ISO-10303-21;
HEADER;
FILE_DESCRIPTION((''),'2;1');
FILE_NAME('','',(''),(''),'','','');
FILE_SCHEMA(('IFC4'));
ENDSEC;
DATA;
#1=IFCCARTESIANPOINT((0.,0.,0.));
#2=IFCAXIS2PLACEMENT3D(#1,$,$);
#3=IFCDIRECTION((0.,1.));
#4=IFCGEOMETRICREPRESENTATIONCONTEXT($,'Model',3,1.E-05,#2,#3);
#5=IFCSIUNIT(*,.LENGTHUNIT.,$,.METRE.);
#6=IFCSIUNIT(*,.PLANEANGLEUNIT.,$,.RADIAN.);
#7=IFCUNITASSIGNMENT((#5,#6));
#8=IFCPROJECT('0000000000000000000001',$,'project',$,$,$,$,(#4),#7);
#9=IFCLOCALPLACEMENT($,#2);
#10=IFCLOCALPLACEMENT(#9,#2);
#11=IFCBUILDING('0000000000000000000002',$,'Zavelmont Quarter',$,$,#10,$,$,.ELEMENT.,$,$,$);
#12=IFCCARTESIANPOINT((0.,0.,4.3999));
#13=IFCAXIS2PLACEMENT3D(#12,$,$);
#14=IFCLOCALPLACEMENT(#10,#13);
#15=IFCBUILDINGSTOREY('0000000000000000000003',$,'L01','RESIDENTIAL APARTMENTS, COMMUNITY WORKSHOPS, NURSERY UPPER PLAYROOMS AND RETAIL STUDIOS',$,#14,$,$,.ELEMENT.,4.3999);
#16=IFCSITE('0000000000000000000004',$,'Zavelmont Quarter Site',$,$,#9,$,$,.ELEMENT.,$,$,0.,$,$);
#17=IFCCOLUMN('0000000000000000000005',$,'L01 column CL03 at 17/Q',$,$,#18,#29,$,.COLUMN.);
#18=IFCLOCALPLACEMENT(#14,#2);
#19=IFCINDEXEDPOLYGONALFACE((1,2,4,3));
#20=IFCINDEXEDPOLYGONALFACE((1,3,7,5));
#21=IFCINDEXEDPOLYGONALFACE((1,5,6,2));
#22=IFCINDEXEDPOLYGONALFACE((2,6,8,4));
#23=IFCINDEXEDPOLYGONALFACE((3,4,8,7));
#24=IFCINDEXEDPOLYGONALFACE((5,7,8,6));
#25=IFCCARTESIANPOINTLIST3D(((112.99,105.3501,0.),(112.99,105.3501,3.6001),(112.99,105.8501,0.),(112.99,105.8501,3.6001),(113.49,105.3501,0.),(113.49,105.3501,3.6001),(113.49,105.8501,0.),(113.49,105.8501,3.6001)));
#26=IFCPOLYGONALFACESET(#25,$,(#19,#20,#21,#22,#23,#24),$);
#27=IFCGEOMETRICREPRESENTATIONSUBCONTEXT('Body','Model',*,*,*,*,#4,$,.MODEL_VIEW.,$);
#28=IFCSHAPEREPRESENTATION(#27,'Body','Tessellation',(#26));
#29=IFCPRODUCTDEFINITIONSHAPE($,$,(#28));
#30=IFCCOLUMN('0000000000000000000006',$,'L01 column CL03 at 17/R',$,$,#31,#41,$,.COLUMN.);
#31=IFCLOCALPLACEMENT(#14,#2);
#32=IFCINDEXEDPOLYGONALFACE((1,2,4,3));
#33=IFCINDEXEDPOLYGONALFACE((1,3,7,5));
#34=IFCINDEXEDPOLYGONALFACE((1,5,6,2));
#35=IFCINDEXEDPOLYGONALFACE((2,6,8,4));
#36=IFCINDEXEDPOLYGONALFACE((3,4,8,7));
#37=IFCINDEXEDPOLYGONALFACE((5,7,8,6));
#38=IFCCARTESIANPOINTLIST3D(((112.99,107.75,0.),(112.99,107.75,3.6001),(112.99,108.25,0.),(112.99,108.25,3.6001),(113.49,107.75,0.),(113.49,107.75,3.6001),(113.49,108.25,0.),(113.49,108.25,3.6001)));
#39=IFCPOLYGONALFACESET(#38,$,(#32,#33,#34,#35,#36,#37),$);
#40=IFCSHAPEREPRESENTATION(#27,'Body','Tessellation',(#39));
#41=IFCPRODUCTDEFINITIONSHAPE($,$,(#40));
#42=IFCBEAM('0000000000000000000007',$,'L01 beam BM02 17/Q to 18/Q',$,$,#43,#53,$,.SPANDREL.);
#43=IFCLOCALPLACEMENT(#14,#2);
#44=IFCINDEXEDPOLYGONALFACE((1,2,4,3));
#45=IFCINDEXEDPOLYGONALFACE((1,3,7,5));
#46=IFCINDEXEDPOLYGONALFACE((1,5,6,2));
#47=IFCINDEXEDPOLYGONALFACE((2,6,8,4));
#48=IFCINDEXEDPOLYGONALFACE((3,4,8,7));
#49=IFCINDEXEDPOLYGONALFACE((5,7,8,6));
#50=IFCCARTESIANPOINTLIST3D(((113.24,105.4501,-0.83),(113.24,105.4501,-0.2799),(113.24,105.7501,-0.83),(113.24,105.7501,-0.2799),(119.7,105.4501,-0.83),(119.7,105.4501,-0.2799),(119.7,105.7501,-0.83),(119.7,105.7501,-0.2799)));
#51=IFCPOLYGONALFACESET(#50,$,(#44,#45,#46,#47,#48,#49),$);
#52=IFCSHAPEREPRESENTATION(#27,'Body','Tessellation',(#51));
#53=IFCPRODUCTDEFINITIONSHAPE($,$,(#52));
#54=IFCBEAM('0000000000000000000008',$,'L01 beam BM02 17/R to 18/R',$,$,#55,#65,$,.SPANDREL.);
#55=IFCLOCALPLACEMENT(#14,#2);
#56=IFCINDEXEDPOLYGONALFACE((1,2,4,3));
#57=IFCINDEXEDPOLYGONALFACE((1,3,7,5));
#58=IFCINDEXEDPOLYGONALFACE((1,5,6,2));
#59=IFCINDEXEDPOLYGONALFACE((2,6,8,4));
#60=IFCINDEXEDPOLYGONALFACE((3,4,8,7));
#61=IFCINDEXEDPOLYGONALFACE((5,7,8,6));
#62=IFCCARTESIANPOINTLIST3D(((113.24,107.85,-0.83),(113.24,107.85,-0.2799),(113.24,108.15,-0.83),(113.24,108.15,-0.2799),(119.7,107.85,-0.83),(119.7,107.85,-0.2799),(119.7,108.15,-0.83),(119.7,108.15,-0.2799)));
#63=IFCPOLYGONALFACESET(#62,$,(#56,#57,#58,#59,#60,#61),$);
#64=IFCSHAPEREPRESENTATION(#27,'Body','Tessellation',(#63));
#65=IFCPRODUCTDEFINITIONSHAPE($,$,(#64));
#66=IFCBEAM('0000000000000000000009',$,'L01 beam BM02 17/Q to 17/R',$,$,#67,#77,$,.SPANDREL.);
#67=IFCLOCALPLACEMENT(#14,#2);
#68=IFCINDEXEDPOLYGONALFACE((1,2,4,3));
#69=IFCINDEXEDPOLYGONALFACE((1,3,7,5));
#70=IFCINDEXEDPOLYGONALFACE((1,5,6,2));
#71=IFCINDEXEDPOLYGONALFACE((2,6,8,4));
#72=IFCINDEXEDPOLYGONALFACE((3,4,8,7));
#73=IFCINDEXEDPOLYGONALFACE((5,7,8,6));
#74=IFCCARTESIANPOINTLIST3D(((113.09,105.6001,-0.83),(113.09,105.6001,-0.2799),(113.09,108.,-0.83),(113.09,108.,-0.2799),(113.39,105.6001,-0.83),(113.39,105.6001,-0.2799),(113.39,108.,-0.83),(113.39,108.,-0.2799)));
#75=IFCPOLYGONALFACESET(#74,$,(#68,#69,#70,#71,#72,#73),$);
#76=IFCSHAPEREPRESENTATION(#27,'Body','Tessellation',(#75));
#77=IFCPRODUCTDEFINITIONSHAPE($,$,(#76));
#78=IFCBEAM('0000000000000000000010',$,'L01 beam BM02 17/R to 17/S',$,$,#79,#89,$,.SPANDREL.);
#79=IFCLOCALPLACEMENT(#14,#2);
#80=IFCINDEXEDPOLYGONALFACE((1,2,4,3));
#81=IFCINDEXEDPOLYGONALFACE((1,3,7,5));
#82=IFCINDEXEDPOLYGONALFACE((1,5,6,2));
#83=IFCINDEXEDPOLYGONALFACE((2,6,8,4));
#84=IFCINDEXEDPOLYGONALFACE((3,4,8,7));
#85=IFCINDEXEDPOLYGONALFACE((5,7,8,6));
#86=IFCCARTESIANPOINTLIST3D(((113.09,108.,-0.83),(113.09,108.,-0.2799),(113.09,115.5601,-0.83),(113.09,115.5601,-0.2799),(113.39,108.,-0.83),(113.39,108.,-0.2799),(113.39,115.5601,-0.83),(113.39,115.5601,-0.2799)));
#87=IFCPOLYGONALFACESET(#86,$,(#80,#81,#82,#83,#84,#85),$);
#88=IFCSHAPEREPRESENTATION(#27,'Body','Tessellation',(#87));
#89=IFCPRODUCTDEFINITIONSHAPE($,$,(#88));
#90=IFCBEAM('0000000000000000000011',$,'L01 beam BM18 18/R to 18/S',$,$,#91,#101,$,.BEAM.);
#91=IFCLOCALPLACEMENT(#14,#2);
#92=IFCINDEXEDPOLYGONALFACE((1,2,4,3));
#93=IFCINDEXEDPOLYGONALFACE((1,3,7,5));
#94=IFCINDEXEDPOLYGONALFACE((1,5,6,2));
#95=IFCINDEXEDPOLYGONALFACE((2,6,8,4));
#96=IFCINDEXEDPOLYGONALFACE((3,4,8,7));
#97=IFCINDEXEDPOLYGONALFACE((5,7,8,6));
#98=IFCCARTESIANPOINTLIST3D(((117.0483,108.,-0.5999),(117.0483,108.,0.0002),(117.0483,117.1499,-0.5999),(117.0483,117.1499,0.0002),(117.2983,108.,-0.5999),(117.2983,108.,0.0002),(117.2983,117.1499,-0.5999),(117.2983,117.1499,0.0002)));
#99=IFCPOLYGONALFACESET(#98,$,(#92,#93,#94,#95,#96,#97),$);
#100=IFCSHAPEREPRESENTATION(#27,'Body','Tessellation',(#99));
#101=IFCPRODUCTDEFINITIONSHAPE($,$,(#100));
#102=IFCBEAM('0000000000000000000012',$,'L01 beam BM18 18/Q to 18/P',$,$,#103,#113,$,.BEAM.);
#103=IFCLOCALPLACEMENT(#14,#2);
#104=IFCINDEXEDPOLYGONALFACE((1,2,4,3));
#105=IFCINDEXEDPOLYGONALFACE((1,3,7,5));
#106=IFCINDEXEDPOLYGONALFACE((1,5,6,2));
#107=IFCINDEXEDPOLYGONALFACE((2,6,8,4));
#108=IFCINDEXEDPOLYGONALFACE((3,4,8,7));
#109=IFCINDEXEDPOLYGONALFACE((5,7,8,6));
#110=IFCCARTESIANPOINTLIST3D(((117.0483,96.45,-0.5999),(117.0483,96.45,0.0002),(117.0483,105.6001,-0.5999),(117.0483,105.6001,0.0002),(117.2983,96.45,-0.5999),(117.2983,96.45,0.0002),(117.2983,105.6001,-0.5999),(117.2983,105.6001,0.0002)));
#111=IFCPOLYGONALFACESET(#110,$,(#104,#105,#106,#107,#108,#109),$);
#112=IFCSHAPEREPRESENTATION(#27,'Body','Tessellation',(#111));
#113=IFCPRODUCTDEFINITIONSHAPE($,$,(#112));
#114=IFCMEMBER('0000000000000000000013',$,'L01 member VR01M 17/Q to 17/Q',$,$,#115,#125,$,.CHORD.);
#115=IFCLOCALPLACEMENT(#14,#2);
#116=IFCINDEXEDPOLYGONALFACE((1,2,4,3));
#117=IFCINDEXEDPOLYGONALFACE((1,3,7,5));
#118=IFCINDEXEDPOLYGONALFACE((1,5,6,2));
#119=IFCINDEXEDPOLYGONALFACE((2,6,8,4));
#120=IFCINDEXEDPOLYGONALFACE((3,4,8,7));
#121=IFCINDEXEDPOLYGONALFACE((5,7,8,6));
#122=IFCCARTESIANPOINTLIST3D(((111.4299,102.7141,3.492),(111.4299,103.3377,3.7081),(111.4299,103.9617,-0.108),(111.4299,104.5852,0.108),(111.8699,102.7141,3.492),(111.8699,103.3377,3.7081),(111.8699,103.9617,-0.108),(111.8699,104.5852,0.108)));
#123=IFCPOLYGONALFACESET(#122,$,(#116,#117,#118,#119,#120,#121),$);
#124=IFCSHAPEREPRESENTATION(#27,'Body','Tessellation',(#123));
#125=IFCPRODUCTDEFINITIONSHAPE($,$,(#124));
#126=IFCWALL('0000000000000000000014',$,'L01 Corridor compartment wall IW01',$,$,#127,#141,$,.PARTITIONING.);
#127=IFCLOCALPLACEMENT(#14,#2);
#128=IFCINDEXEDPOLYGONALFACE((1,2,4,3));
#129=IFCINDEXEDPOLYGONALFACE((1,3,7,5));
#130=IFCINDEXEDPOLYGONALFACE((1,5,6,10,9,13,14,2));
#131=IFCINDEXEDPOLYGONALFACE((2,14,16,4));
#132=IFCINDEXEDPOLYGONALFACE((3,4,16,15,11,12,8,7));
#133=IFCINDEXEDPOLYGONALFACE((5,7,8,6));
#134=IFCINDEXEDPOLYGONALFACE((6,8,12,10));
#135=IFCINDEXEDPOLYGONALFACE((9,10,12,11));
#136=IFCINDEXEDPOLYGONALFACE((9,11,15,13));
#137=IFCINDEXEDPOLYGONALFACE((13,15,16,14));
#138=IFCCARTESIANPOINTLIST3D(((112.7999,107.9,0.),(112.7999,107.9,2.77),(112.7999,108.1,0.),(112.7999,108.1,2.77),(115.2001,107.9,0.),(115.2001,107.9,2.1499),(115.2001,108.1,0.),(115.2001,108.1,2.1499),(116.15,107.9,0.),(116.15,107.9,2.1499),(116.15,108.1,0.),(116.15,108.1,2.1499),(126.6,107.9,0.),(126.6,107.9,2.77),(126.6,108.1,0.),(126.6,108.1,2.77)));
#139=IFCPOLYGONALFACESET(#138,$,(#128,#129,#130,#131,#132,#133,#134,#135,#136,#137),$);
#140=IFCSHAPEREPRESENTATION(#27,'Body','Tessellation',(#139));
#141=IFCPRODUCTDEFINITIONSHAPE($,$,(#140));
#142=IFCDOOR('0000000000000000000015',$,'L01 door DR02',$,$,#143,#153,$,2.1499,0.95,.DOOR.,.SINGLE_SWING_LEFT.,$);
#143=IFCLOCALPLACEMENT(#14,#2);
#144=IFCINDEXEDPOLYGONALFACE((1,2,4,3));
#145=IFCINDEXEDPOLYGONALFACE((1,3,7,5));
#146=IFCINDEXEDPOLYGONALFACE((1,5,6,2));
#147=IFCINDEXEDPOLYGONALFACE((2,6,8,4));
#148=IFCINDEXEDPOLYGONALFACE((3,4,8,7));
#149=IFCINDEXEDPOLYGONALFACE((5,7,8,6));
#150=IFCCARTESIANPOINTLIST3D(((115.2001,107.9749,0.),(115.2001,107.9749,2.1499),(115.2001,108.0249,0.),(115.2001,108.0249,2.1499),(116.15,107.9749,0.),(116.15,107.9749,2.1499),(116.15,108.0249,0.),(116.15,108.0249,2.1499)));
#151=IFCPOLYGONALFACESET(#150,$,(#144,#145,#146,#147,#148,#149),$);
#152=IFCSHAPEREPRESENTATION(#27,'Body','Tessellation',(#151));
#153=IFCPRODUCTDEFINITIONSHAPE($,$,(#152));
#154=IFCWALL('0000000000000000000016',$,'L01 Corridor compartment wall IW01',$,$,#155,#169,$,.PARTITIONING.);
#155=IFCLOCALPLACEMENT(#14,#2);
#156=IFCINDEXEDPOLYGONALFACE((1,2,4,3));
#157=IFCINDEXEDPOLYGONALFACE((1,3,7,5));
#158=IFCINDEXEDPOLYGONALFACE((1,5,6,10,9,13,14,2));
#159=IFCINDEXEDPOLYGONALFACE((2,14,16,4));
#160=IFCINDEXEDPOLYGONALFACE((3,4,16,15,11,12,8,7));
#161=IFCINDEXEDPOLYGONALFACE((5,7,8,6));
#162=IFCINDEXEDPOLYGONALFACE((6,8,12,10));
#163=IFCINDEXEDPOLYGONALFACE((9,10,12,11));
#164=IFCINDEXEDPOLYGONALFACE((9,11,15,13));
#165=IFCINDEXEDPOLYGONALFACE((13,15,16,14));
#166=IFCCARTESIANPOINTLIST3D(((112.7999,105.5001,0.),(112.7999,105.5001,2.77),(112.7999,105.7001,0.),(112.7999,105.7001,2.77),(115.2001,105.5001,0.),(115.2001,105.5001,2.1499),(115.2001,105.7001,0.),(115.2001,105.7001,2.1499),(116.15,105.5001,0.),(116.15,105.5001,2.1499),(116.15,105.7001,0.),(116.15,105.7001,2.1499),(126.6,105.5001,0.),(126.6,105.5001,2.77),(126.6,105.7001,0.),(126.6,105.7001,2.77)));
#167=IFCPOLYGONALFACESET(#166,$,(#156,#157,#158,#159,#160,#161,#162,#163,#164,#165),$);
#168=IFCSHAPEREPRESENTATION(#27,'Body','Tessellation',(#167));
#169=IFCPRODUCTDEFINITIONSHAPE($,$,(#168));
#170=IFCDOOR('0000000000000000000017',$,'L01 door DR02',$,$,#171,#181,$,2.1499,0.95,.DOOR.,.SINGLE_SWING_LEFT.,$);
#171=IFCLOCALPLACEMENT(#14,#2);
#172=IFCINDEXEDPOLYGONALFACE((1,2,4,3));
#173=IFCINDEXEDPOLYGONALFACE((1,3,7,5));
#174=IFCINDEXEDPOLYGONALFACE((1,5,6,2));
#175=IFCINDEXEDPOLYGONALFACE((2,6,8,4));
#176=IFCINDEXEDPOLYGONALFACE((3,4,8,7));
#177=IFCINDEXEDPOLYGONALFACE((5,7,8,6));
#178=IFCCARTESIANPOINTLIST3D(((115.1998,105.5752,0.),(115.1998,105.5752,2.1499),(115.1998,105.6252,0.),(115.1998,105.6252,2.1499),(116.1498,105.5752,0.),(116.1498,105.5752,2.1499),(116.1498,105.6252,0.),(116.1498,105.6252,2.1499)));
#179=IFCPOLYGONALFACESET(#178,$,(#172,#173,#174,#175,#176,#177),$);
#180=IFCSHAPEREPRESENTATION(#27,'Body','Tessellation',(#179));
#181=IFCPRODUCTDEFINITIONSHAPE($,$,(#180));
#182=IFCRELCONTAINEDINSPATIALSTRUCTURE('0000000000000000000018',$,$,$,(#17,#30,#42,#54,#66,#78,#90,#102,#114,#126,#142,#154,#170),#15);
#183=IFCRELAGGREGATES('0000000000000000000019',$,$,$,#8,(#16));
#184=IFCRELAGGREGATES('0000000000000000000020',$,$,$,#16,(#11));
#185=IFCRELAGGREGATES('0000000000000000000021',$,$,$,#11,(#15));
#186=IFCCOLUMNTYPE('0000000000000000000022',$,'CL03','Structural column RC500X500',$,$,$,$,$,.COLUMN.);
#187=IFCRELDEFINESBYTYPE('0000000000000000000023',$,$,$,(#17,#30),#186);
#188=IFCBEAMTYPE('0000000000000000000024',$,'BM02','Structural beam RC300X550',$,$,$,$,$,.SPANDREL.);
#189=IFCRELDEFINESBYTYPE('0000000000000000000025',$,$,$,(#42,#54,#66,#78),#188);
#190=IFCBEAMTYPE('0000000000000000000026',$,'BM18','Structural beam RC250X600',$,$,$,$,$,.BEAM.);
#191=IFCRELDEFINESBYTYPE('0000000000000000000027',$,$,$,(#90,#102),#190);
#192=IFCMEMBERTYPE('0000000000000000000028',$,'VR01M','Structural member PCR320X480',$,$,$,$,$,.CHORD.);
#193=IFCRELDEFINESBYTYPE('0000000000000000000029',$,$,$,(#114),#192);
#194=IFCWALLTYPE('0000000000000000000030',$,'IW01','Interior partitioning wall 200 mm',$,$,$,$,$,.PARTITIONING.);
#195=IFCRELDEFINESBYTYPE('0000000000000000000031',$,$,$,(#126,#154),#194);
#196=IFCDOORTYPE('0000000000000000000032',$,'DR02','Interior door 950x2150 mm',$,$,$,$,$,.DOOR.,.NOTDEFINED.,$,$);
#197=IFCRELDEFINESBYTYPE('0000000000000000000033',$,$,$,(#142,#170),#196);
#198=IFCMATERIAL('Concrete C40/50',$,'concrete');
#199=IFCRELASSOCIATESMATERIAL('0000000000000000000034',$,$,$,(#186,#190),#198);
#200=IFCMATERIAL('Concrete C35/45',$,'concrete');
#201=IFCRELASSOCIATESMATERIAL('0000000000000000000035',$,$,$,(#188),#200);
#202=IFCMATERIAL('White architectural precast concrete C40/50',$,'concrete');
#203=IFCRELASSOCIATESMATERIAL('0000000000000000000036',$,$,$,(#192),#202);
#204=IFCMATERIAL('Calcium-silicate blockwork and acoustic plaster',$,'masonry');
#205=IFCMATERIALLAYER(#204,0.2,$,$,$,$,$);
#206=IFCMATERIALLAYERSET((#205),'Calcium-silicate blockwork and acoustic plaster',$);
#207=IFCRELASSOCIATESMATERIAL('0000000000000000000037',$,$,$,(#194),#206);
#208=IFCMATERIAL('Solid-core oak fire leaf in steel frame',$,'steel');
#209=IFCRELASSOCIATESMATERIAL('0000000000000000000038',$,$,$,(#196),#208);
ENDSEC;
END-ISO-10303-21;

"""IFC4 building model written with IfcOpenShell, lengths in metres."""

from ifc_helpers import new_model, si_unit, direction, frame, frame_2d, origin, origin_with_axes, origin_2d, place, context, subcontext, project, spatial, rectangle, extrude, material, layer, layer_set, material_profile, profile_set, type_object, element, fill, save


model = new_model("IFC4")

# Units and contexts
model_context = context("Model", 3, precision=1e-05, world=origin(), true_north=direction((0.0, 1.0)))
body_context = subcontext(model_context, "Body", "Model", "MODEL_VIEW")
ifc_project = project(units=[si_unit("LENGTHUNIT", "METRE"), si_unit("PLANEANGLEUNIT", "RADIAN")], contexts=[model_context])

# Site, building, storey
site_placement = place(None, origin())
site = spatial("IfcSite", under=ifc_project, at=site_placement, Name="Zavelmont Quarter Site", CompositionType="ELEMENT", RefElevation=0.0)
building_placement = place(site_placement, origin())
building = spatial("IfcBuilding", under=site, at=building_placement, Name="Zavelmont Quarter", CompositionType="ELEMENT")
storey_placement = place(building_placement, frame((0.0, 0.0, 4.3999)))
storey = spatial("IfcBuildingStorey", under=building, at=storey_placement, Name="L01", Description="RESIDENTIAL APARTMENTS, COMMUNITY WORKSHOPS, NURSERY UPPER PLAYROOMS AND RETAIL STUDIOS", CompositionType="ELEMENT", Elevation=4.3999)

# Columns
ifc_material_1 = material(Name="Concrete C40/50", Category="concrete")
ifc_material_profile_1 = material_profile(ifc_material_1, rectangle(XDim=0.5, YDim=0.5, at=origin_2d()), Name="RC500X500")
ifc_profile_set_1 = profile_set([ifc_material_profile_1], Name="Concrete C40/50")
column_type = type_object("IfcColumnType", Name="CL03", Description="Structural column RC500X500", PredefinedType="COLUMN", material=ifc_profile_set_1)
for number, where, z_axis, x_axis, name in (
    (1, (113.24, 105.6001, 0.0), (0.0, 0.0, 1.0), (1.0, 0.0, 0.0), "L01 column CL03 at 17/Q"),
    (2, (113.24, 108.0, 0.0), (0.0, 0.0, 1.0), (1.0, 0.0, 0.0), "L01 column CL03 at 17/R"),
):
    element("IfcColumn", number, at=place(storey_placement, frame(where, z_axis=z_axis, x_axis=x_axis)), inside=storey, type_object=column_type, Name=name, PredefinedType="COLUMN", context=body_context, shape_type="SweptSolid", body=[
        extrude(rectangle(XDim=0.5, YDim=0.5, at=origin_2d()), origin(), (0.0, 0.0, 1.0), 3.6001),
    ])

# Beams
ifc_material_2 = material(Name="Concrete C35/45", Category="concrete")
ifc_material_profile_2 = material_profile(ifc_material_2, rectangle(XDim=0.3, YDim=0.55, at=origin_2d()), Name="RC300X550")
ifc_profile_set_2 = profile_set([ifc_material_profile_2], Name="Concrete C35/45")
beam_type_1 = type_object("IfcBeamType", Name="BM02", Description="Structural beam RC300X550", PredefinedType="SPANDREL", material=ifc_profile_set_2)
for number, where, z_axis, x_axis, name in (
    (3, (113.24, 105.6001, -0.5549), (1.0, 0.0, 0.0), (0.0, 1.0, 0.0), "L01 beam BM02 17/Q to 18/Q"),
    (4, (113.24, 108.0, -0.5549), (1.0, 0.0, 0.0), (0.0, 1.0, 0.0), "L01 beam BM02 17/R to 18/R"),
):
    element("IfcBeam", number, at=place(storey_placement, frame(where, z_axis=z_axis, x_axis=x_axis)), inside=storey, type_object=beam_type_1, Name=name, PredefinedType="SPANDREL", context=body_context, shape_type="SweptSolid", body=[
        extrude(rectangle(XDim=0.3, YDim=0.55, at=origin_2d()), origin(), (0.0, 0.0, 1.0), 6.46),
    ])
beam_1_placement = place(storey_placement, frame((113.24, 105.6001, -0.5549), z_axis=(0.0, 1.0, 0.0), x_axis=(-1.0, 0.0, 0.0)))
element("IfcBeam", 5, at=beam_1_placement, inside=storey, type_object=beam_type_1, Name="L01 beam BM02 17/Q to 17/R", PredefinedType="SPANDREL", context=body_context, shape_type="SweptSolid", body=[
    extrude(rectangle(XDim=0.3, YDim=0.55, at=origin_2d()), origin(), (0.0, 0.0, 1.0), 2.3999),
])
beam_2_placement = place(storey_placement, frame((113.24, 108.0, -0.5549), z_axis=(0.0, 1.0, 0.0), x_axis=(-1.0, 0.0, 0.0)))
element("IfcBeam", 6, at=beam_2_placement, inside=storey, type_object=beam_type_1, Name="L01 beam BM02 17/R to 17/S", PredefinedType="SPANDREL", context=body_context, shape_type="SweptSolid", body=[
    extrude(rectangle(XDim=0.3, YDim=0.55, at=origin_2d()), origin(), (0.0, 0.0, 1.0), 7.5601),
])
ifc_material_profile_3 = material_profile(ifc_material_1, rectangle(XDim=0.25, YDim=0.6001, at=origin_2d()), Name="RC250X600")
ifc_profile_set_3 = profile_set([ifc_material_profile_3], Name="Concrete C40/50")
beam_type_2 = type_object("IfcBeamType", Name="BM18", Description="Structural beam RC250X600", PredefinedType="BEAM", material=ifc_profile_set_3)
beam_3_placement = place(storey_placement, frame((117.1733, 108.0, -0.2998), z_axis=(0.0, 1.0, 0.0), x_axis=(-1.0, 0.0, 0.0)))
element("IfcBeam", 7, at=beam_3_placement, inside=storey, type_object=beam_type_2, Name="L01 beam BM18 18/R to 18/S", PredefinedType="BEAM", context=body_context, shape_type="SweptSolid", body=[
    extrude(rectangle(XDim=0.25, YDim=0.6001, at=origin_2d()), origin(), (0.0, 0.0, 1.0), 9.1499),
])
beam_4_placement = place(storey_placement, frame((117.1733, 105.6001, -0.2998), z_axis=(0.0, -1.0, 0.0), x_axis=(1.0, 0.0, 0.0)))
element("IfcBeam", 8, at=beam_4_placement, inside=storey, type_object=beam_type_2, Name="L01 beam BM18 18/Q to 18/P", PredefinedType="BEAM", context=body_context, shape_type="SweptSolid", body=[
    extrude(rectangle(XDim=0.25, YDim=0.6001, at=origin_2d()), origin(), (0.0, 0.0, 1.0), 9.1501),
])

# Member
ifc_material_3 = material(Name="White architectural precast concrete C40/50", Category="concrete")
ifc_material_profile_4 = material_profile(ifc_material_3, rectangle(XDim=0.4399, YDim=0.6599, at=origin_2d()), Name="PCR320X480")
ifc_profile_set_4 = profile_set([ifc_material_profile_4], Name="White architectural precast concrete C40/50")
member_type = type_object("IfcMemberType", Name="VR01M", Description="Structural member PCR320X480", PredefinedType="CHORD", material=ifc_profile_set_4)
member_placement = place(storey_placement, frame((111.6499, 104.2734, 0.0), z_axis=(0.0, -0.327432, 0.944875), x_axis=(1.0, 0.0, 0.0)))
element("IfcMember", 9, at=member_placement, inside=storey, type_object=member_type, Name="L01 member VR01M 17/Q to 17/Q", PredefinedType="CHORD", context=body_context, shape_type="SweptSolid", body=[
    extrude(rectangle(XDim=0.4399, YDim=0.6599, at=origin_2d()), origin(), (0.0, 0.0, 1.0), 3.8101),
])

# Walls, openings, doors
ifc_material_4 = material(Name="Calcium-silicate blockwork and acoustic plaster", Category="masonry")
ifc_layer_1 = layer(ifc_material_4, 0.2)
ifc_layer_set_1 = layer_set([ifc_layer_1], Name="Calcium-silicate blockwork and acoustic plaster")
wall_type_1 = type_object("IfcWallType", Name="IW01", Description="Interior partitioning wall 200 mm", PredefinedType="PARTITIONING", material=ifc_layer_set_1)
wall_1_placement = place(storey_placement, frame((112.8, 108.0, 0.0), z_axis=(0.0, 0.0, 1.0), x_axis=(1.0, 0.0, 0.0)))
wall_1 = element("IfcWall", 10, at=wall_1_placement, inside=storey, type_object=wall_type_1, Name="L01 Corridor compartment wall IW01", PredefinedType="PARTITIONING", context=body_context, shape_type="SweptSolid", body=[
    extrude(rectangle(XDim=13.8, YDim=0.2, at=frame_2d((6.8999, 0.0))), origin(), (0.0, 0.0, 1.0), 2.77),
])
opening_1_placement = place(wall_1_placement, frame((2.3999, 0.0, 0.0)))
opening_1 = element("IfcOpeningElement", 11, at=opening_1_placement, cuts=wall_1, PredefinedType="OPENING", context=body_context, shape_type="SweptSolid", body=[
    extrude(rectangle(XDim=0.95, YDim=2.1499, at=frame_2d((0.4751, 1.075))), frame((0.0, 0.1118, 0.0), z_axis=(0.0, -1.0, 0.0), x_axis=(1.0, 0.0, 0.0)), (0.0, 0.0, 1.0), 0.2239),
])
ifc_material_5 = material(Name="Solid-core oak fire leaf in steel frame", Category="steel")
door_type_1 = type_object("IfcDoorType", Name="DR02", Description="Interior door 950x2150 mm", OperationType="NOTDEFINED", PredefinedType="DOOR", material=ifc_material_5)
door_1_placement = place(opening_1_placement, origin_with_axes())
door_1 = element("IfcDoor", 12, at=door_1_placement, inside=storey, type_object=door_type_1, Name="L01 door DR02", OperationType="SINGLE_SWING_LEFT", OverallHeight=2.1499, OverallWidth=0.95, PredefinedType="DOOR", context=body_context, shape_type="SweptSolid", body=[
    extrude(rectangle(XDim=0.95, YDim=2.1499, at=frame_2d((0.4751, 1.075))), frame((0.0, 0.0249, 0.0), z_axis=(0.0, -1.0, 0.0), x_axis=(1.0, 0.0, 0.0)), (0.0, 0.0, 1.0), 0.05),
])
fill(opening_1, door_1)
wall_2_placement = place(storey_placement, frame((112.8, 105.6001, 0.0), z_axis=(0.0, 0.0, 1.0), x_axis=(1.0, 0.0, 0.0)))
wall_2 = element("IfcWall", 13, at=wall_2_placement, inside=storey, type_object=wall_type_1, Name="L01 Corridor compartment wall IW01", PredefinedType="PARTITIONING", context=body_context, shape_type="SweptSolid", body=[
    extrude(rectangle(XDim=13.8, YDim=0.2, at=frame_2d((6.8999, 0.0))), origin(), (0.0, 0.0, 1.0), 2.77),
])
opening_2_placement = place(wall_2_placement, frame((2.3999, 0.0, 0.0)))
opening_2 = element("IfcOpeningElement", 14, at=opening_2_placement, cuts=wall_2, PredefinedType="OPENING", context=body_context, shape_type="SweptSolid", body=[
    extrude(rectangle(XDim=0.95, YDim=2.1499, at=frame_2d((0.4751, 1.075))), frame((0.0, 0.1118, 0.0), z_axis=(0.0, -1.0, 0.0), x_axis=(1.0, 0.0, 0.0)), (0.0, 0.0, 1.0), 0.2239),
])
door_2_placement = place(opening_2_placement, frame((0.95, 0.0, 0.0), z_axis=(0.0, 0.0, 1.0), x_axis=(-1.0, 0.0, 0.0)))
door_2 = element("IfcDoor", 15, at=door_2_placement, inside=storey, type_object=door_type_1, Name="L01 door DR02", OperationType="SINGLE_SWING_LEFT", OverallHeight=2.1499, OverallWidth=0.95, PredefinedType="DOOR", context=body_context, shape_type="SweptSolid", body=[
    extrude(rectangle(XDim=0.95, YDim=2.1499, at=frame_2d((0.4751, 1.075))), frame((0.0, 0.0249, 0.0), z_axis=(0.0, -1.0, 0.0), x_axis=(1.0, 0.0, 0.0)), (0.0, 0.0, 1.0), 0.05),
])
fill(opening_2, door_2)

save(model, "model.ifc")
